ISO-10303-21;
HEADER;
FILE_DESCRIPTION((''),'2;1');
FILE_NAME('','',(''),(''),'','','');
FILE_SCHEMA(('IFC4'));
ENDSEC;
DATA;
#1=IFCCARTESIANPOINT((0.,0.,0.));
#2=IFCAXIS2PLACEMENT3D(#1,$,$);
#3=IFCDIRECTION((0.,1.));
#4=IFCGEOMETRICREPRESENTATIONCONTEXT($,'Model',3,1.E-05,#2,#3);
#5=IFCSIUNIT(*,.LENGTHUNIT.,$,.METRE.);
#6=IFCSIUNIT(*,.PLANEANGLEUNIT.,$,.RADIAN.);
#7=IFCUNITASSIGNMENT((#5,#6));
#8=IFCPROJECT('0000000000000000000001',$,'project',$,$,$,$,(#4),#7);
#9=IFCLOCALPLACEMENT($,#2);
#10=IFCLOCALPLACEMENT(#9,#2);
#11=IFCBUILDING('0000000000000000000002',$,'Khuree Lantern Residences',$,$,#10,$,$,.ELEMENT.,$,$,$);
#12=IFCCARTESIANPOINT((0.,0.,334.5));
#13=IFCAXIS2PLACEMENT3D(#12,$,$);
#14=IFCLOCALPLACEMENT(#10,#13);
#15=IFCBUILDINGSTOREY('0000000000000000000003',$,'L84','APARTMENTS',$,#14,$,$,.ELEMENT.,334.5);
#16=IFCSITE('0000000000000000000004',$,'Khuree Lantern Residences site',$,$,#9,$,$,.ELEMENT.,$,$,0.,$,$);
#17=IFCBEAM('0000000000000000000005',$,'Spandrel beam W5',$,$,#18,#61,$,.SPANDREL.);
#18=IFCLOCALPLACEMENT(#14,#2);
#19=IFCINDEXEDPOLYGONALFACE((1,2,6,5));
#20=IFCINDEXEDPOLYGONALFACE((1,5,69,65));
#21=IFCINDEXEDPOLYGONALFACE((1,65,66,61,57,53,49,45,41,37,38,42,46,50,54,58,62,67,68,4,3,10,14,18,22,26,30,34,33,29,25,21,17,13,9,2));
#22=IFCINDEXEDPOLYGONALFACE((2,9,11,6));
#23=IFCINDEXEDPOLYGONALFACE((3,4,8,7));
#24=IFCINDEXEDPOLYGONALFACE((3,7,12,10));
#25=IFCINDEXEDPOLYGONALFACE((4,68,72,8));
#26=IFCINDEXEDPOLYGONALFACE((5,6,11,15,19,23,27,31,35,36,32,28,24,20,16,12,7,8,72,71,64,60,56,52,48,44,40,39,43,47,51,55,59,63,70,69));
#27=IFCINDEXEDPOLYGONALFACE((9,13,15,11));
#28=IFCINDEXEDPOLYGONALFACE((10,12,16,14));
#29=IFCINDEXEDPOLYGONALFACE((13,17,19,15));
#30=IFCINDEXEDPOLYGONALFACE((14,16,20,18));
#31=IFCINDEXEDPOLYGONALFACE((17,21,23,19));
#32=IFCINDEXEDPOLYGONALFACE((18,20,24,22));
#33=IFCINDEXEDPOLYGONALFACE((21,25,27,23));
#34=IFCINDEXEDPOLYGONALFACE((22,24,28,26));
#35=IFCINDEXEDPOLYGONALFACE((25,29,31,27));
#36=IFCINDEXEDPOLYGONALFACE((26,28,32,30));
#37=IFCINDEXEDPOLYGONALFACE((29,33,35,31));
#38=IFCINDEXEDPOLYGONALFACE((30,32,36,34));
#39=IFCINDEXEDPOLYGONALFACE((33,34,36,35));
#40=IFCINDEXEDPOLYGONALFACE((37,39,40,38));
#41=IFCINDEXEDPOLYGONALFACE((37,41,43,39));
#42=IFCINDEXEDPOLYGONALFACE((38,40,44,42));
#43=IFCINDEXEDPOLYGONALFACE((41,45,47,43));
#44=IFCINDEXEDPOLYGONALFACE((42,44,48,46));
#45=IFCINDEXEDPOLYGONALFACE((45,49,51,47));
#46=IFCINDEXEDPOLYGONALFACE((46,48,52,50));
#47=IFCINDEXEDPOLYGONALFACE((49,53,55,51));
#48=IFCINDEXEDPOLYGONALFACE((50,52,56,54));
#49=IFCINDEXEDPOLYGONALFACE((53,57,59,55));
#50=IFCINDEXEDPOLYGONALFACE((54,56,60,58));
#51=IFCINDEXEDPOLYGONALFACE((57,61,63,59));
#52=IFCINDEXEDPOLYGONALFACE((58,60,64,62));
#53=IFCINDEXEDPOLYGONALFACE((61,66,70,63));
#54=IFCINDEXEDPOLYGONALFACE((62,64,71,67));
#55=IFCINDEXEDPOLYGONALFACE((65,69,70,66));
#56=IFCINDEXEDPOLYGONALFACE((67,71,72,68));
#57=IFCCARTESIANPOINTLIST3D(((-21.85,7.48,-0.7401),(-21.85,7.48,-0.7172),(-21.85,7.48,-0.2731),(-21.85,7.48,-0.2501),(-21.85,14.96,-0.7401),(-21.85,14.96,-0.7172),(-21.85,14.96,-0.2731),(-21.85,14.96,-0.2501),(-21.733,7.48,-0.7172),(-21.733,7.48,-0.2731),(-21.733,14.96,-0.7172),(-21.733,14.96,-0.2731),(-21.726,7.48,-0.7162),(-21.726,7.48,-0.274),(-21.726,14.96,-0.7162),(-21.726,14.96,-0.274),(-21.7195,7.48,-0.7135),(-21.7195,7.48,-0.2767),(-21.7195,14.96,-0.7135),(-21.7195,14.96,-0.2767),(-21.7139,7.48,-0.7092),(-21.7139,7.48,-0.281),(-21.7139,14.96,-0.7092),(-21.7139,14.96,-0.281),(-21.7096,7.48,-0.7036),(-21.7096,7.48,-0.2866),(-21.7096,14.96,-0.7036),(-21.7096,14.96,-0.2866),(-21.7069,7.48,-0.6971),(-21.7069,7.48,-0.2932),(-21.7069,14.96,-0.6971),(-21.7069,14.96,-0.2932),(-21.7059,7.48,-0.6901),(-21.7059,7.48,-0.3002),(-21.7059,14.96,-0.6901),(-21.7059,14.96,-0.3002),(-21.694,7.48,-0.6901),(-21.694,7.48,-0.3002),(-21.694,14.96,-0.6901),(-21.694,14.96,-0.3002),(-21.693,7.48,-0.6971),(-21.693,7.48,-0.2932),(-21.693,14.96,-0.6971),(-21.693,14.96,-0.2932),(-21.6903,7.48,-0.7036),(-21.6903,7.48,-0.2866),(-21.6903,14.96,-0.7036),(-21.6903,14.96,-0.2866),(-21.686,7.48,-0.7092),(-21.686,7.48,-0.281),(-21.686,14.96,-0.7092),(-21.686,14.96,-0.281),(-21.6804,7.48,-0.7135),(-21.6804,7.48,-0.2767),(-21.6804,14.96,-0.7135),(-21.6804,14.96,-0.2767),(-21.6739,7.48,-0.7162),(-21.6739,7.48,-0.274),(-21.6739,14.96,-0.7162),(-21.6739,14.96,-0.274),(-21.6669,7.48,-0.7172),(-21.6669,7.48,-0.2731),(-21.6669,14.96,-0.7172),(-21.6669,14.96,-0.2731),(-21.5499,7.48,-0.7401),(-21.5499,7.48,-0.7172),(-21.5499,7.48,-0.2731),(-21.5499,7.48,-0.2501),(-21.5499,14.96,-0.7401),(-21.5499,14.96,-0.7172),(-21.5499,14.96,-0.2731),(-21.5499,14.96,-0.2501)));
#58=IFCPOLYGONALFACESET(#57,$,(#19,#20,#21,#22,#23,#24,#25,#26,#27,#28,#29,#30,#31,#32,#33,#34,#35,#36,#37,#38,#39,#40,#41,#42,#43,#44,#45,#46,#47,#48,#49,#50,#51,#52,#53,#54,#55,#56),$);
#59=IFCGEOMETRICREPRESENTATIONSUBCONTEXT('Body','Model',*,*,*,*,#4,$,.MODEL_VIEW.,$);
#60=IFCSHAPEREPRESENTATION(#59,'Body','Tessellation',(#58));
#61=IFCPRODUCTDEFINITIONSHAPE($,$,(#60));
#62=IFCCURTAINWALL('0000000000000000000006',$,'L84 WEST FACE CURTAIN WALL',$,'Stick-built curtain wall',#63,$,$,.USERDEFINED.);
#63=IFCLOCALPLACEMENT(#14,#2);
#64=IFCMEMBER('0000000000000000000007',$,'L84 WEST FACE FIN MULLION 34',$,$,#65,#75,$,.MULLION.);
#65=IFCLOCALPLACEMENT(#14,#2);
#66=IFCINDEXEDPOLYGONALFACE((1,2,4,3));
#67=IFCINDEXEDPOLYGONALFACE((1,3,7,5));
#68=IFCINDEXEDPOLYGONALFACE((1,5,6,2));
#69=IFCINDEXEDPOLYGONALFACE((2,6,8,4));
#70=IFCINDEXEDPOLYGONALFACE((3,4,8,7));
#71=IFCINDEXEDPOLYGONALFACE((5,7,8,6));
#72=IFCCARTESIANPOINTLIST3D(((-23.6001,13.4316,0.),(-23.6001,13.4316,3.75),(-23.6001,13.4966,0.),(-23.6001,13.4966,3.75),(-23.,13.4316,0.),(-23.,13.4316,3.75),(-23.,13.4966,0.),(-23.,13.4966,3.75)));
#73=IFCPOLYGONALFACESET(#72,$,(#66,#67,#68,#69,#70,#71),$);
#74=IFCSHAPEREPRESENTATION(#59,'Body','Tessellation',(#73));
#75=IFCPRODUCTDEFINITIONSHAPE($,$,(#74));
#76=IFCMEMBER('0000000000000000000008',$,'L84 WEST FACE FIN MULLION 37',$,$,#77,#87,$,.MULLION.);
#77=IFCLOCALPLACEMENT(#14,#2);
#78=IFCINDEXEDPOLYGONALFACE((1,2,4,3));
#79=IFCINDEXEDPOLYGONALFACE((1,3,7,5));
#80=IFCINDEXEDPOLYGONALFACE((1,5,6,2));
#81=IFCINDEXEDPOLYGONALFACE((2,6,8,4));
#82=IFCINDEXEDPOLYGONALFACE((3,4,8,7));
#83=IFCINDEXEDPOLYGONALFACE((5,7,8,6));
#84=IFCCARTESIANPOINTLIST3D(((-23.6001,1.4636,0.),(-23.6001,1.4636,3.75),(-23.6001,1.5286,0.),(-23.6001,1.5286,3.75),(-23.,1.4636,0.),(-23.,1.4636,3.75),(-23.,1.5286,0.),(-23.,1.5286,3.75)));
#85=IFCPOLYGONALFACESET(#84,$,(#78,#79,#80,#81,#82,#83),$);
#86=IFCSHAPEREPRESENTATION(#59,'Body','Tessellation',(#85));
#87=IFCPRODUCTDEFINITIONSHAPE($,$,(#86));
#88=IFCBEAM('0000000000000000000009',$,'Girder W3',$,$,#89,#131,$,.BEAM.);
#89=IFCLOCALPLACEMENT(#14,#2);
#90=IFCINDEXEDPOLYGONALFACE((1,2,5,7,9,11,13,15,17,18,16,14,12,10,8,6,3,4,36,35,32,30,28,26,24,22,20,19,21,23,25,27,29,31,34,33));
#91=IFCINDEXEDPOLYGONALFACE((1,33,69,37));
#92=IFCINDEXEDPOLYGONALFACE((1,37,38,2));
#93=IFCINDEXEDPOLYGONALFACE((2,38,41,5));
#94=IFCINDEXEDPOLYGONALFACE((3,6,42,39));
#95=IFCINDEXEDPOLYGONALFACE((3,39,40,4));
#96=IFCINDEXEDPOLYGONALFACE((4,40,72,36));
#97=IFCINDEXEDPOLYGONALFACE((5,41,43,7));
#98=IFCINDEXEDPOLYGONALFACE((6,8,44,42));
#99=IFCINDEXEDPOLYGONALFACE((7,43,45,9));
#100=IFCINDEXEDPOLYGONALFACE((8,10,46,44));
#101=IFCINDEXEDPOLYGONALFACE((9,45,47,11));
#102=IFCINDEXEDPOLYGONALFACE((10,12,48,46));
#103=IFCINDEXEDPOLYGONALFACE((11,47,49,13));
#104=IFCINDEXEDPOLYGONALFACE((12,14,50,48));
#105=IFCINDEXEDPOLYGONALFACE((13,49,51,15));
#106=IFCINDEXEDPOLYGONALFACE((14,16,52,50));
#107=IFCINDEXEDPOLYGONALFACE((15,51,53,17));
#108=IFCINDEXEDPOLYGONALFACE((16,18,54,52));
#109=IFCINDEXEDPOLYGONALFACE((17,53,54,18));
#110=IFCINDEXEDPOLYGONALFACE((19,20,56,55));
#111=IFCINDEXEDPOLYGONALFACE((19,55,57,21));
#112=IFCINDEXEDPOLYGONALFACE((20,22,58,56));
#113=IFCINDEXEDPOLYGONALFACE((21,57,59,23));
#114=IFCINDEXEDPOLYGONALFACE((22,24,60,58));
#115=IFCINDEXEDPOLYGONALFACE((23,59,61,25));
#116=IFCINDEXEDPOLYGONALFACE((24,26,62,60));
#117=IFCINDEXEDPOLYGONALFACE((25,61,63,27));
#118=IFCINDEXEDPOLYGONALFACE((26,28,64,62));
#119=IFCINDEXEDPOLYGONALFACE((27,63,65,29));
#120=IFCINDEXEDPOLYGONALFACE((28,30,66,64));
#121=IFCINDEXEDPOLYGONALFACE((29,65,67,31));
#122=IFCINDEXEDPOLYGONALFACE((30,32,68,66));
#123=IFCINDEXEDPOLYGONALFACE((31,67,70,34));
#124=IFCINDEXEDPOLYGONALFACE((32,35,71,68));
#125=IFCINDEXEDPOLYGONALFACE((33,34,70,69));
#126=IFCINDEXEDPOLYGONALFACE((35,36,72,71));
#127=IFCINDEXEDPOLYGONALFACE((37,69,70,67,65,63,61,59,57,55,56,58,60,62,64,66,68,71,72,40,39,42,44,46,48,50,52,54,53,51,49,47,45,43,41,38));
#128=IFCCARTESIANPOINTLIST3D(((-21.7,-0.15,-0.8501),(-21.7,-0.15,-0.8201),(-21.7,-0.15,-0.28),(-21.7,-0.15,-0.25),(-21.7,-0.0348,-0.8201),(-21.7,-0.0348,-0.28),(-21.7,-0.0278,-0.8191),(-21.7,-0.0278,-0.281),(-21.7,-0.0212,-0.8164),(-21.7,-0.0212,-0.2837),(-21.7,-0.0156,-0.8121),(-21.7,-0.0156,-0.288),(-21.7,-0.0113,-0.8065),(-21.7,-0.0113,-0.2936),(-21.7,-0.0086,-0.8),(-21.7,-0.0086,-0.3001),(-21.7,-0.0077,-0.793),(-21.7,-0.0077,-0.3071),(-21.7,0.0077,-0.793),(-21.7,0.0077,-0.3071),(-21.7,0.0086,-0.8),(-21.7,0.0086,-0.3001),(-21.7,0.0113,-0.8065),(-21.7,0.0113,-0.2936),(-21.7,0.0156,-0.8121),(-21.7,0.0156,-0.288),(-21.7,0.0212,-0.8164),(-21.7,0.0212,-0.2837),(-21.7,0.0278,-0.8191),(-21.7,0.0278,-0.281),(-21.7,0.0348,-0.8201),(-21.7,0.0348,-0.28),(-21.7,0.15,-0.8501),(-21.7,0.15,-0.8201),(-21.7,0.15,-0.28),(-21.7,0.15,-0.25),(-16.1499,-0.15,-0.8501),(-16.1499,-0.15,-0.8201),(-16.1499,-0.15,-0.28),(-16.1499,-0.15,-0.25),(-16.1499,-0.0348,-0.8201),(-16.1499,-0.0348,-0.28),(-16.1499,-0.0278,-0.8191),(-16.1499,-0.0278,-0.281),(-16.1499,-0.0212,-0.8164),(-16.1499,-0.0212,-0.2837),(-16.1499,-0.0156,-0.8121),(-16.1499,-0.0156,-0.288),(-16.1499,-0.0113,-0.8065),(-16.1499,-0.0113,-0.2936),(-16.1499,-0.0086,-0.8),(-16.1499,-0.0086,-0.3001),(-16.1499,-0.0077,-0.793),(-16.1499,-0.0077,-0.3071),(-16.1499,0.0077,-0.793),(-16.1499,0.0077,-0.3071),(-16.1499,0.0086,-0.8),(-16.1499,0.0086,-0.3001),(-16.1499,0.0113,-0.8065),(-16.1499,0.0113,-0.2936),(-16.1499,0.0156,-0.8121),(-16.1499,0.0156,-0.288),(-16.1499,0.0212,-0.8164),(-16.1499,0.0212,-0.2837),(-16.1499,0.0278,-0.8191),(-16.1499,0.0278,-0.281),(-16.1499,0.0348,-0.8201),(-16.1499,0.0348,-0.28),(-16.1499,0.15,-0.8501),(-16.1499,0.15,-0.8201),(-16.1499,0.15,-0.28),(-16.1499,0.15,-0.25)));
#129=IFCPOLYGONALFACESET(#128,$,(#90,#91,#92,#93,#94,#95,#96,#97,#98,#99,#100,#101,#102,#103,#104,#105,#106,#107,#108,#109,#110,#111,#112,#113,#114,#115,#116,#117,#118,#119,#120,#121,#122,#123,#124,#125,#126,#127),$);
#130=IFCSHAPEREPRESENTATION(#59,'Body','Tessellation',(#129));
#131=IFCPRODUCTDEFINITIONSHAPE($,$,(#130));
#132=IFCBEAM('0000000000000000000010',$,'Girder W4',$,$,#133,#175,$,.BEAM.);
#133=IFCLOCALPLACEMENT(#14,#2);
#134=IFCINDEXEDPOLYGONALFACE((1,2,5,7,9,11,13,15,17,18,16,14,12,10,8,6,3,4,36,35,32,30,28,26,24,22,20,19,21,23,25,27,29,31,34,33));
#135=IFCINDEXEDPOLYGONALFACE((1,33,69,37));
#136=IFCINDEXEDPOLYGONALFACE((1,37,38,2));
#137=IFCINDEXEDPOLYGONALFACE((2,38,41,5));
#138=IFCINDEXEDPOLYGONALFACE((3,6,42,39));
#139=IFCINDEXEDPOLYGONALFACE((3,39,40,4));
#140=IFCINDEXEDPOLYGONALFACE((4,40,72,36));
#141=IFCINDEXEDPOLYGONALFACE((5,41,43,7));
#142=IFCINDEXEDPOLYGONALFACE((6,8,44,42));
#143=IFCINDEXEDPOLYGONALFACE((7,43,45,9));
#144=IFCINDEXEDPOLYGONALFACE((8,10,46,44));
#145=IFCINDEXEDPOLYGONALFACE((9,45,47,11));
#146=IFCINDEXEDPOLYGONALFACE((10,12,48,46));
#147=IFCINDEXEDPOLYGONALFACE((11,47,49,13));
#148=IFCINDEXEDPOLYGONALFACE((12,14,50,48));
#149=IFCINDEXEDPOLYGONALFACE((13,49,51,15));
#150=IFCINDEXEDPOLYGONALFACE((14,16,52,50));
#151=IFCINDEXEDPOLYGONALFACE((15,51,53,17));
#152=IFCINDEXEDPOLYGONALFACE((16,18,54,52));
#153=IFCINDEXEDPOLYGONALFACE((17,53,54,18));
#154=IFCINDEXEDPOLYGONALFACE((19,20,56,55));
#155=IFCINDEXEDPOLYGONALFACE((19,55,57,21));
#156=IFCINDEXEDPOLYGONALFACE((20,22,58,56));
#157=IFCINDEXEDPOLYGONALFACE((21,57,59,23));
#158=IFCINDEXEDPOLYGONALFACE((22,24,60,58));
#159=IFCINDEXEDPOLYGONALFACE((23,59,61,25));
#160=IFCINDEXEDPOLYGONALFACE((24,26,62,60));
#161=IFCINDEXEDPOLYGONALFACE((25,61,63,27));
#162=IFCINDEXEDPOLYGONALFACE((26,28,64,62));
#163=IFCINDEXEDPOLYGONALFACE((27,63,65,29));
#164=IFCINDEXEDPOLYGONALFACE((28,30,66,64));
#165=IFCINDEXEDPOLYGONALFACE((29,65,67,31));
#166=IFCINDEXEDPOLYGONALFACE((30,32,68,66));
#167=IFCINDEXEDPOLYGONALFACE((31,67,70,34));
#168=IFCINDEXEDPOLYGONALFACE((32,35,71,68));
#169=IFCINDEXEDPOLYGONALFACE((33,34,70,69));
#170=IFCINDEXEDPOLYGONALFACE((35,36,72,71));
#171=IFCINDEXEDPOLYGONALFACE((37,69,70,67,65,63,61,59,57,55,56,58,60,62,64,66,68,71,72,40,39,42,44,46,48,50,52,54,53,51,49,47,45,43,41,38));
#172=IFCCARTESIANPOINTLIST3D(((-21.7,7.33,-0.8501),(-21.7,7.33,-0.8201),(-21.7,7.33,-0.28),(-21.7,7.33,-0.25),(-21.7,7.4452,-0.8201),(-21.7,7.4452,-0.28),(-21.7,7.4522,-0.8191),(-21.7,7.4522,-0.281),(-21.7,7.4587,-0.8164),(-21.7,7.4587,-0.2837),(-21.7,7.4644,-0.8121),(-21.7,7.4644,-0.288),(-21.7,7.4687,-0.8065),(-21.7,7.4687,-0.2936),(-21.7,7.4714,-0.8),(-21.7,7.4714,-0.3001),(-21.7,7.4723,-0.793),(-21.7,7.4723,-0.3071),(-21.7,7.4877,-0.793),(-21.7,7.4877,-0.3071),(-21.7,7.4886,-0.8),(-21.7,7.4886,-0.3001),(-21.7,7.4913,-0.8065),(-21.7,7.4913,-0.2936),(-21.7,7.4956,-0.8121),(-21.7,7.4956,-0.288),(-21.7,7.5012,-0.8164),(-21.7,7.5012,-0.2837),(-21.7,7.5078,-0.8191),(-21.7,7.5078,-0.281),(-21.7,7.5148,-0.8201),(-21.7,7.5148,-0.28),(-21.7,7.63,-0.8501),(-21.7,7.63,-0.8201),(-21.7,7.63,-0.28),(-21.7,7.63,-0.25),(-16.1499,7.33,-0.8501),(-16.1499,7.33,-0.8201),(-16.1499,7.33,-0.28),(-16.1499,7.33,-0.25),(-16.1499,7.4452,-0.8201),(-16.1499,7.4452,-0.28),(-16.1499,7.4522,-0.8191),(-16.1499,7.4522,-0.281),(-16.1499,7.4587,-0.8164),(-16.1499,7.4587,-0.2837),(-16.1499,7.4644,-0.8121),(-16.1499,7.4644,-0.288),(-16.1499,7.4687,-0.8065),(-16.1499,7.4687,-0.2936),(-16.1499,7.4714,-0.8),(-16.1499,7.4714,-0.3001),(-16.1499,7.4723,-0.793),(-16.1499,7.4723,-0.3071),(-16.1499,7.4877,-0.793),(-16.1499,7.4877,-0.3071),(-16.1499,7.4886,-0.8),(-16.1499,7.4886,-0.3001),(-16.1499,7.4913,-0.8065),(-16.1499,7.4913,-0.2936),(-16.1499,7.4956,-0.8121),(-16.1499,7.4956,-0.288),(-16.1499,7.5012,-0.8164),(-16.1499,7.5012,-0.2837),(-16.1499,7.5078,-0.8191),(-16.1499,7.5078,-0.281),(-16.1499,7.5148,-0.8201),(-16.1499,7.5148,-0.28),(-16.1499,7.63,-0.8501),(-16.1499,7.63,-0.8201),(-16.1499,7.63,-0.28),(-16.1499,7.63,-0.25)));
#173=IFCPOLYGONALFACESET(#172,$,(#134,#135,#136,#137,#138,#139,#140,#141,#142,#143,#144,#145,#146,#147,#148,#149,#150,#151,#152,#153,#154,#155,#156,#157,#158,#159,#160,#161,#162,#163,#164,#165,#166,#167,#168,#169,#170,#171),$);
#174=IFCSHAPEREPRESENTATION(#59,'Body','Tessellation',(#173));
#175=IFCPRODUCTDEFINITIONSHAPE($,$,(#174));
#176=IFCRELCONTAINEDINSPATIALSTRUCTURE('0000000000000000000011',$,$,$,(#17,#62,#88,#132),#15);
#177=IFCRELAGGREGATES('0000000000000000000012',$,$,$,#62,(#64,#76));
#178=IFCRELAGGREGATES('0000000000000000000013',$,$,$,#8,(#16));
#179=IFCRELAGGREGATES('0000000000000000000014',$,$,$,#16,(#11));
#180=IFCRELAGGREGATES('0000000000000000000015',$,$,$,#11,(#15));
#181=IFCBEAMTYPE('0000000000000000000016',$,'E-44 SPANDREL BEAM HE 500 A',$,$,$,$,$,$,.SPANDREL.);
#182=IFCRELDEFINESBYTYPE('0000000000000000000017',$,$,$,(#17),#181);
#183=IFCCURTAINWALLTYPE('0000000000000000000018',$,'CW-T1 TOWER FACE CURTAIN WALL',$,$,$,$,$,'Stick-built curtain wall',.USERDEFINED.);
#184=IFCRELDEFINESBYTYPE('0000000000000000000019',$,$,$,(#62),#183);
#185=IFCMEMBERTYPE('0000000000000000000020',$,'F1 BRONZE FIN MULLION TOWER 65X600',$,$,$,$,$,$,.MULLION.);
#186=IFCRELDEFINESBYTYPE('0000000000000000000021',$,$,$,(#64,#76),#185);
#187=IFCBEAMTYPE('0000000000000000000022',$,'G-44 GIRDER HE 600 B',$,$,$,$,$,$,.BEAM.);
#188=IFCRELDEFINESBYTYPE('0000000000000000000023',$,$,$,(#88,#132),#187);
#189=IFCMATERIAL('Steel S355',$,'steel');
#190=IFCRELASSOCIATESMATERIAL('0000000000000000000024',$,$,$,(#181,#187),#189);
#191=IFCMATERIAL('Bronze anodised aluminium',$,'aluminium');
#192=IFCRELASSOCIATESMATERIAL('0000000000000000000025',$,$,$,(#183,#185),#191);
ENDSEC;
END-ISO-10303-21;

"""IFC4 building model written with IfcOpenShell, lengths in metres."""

from ifc_helpers import new_model, si_unit, direction, frame, origin, origin_2d, place, context, subcontext, project, spatial, rectangle, i_section, extrude, material, material_profile, profile_set, type_object, element, aggregate, save


model = new_model("IFC4")

# Units and contexts
model_context = context("Model", 3, precision=1e-05, world=origin(), true_north=direction((0.0, 1.0)))
body_context = subcontext(model_context, "Body", "Model", "MODEL_VIEW")
ifc_project = project(units=[si_unit("LENGTHUNIT", "METRE"), si_unit("PLANEANGLEUNIT", "RADIAN")], contexts=[model_context])

# Site, building, storey
site_placement = place(None, origin())
site = spatial("IfcSite", under=ifc_project, at=site_placement, Name="Khuree Lantern Residences site", CompositionType="ELEMENT", RefElevation=0.0)
building_placement = place(site_placement, origin())
building = spatial("IfcBuilding", under=site, at=building_placement, Name="Khuree Lantern Residences", CompositionType="ELEMENT")
storey_placement = place(building_placement, frame((0.0, 0.0, 334.5)))
storey = spatial("IfcBuildingStorey", under=building, at=storey_placement, Name="L84", Description="APARTMENTS", CompositionType="ELEMENT", Elevation=334.5)

# Beam
ifc_material_1 = material(Name="Steel S355", Category="steel")
ifc_material_profile_1 = material_profile(ifc_material_1, i_section(OverallWidth=0.3, OverallDepth=0.49, WebThickness=0.012, FlangeThickness=0.0229, FilletRadius=0.0271, at=origin_2d()), Name="HE 500 A")
ifc_profile_set_1 = profile_set([ifc_material_profile_1], Name="Steel S355")
beam_type_1 = type_object("IfcBeamType", Name="E-44 SPANDREL BEAM HE 500 A", PredefinedType="SPANDREL", material=ifc_profile_set_1)
for number, where, z_axis, x_axis, name in (
    (1, (-21.7, 7.48, -0.4951), (0.0, 1.0, 0.0), (-1.0, 0.0, 0.0), "Spandrel beam W5"),
):
    element("IfcBeam", number, at=place(storey_placement, frame(where, z_axis=z_axis, x_axis=x_axis)), inside=storey, type_object=beam_type_1, Name=name, PredefinedType="SPANDREL", context=body_context, shape_type="SweptSolid", body=[
        extrude(i_section(OverallWidth=0.3, OverallDepth=0.49, WebThickness=0.012, FlangeThickness=0.0229, FilletRadius=0.0271, at=origin_2d()), origin(), (0.0, 0.0, 1.0), 7.48),
    ])

# Curtain wall, members
ifc_material_2 = material(Name="Bronze anodised aluminium", Category="aluminium")
curtain_wall_type = type_object("IfcCurtainWallType", Name="CW-T1 TOWER FACE CURTAIN WALL", ElementType="Stick-built curtain wall", PredefinedType="USERDEFINED", material=ifc_material_2)
curtain_wall_placement = place(storey_placement, origin())
curtain_wall = element("IfcCurtainWall", 2, at=curtain_wall_placement, inside=storey, type_object=curtain_wall_type, Name="L84 WEST FACE CURTAIN WALL", ObjectType="Stick-built curtain wall", PredefinedType="USERDEFINED")
ifc_material_profile_2 = material_profile(ifc_material_2, rectangle(XDim=0.0649, YDim=0.6001, at=origin_2d()), Name="F1 65X600")
ifc_profile_set_2 = profile_set([ifc_material_profile_2], Name="Bronze anodised aluminium")
member_type_1 = type_object("IfcMemberType", Name="F1 BRONZE FIN MULLION TOWER 65X600", PredefinedType="MULLION", material=ifc_profile_set_2)
member_1_placement = place(storey_placement, frame((-23.3, 13.4641, 0.0), z_axis=(0.0, 0.0, 1.0), x_axis=(0.0, -1.0, 0.0)))
member_1 = element("IfcMember", 3, at=member_1_placement, type_object=member_type_1, Name="L84 WEST FACE FIN MULLION 34", PredefinedType="MULLION", context=body_context, shape_type="SweptSolid", body=[
    extrude(rectangle(XDim=0.0649, YDim=0.6001, at=origin_2d()), origin(), (0.0, 0.0, 1.0), 3.75),
])
member_2_placement = place(storey_placement, frame((-23.3, 1.4961, 0.0), z_axis=(0.0, 0.0, 1.0), x_axis=(0.0, -1.0, 0.0)))
member_2 = element("IfcMember", 4, at=member_2_placement, type_object=member_type_1, Name="L84 WEST FACE FIN MULLION 37", PredefinedType="MULLION", context=body_context, shape_type="SweptSolid", body=[
    extrude(rectangle(XDim=0.0649, YDim=0.6001, at=origin_2d()), origin(), (0.0, 0.0, 1.0), 3.75),
])

# Beams
ifc_material_profile_3 = material_profile(ifc_material_1, i_section(OverallWidth=0.3, OverallDepth=0.6001, WebThickness=0.0154, FlangeThickness=0.03, FilletRadius=0.0271, at=origin_2d()), Name="HE 600 B")
ifc_profile_set_3 = profile_set([ifc_material_profile_3], Name="Steel S355")
beam_type_2 = type_object("IfcBeamType", Name="G-44 GIRDER HE 600 B", PredefinedType="BEAM", material=ifc_profile_set_3)
for number, where, z_axis, x_axis, name in (
    (5, (-21.7, 0.0, -0.55), (1.0, 0.0, 0.0), (0.0, 1.0, 0.0), "Girder W3"),
    (6, (-21.7, 7.48, -0.55), (1.0, 0.0, 0.0), (0.0, 1.0, 0.0), "Girder W4"),
):
    element("IfcBeam", number, at=place(storey_placement, frame(where, z_axis=z_axis, x_axis=x_axis)), inside=storey, type_object=beam_type_2, Name=name, PredefinedType="BEAM", context=body_context, shape_type="SweptSolid", body=[
        extrude(i_section(OverallWidth=0.3, OverallDepth=0.6001, WebThickness=0.0154, FlangeThickness=0.03, FilletRadius=0.0271, at=origin_2d()), origin(), (0.0, 0.0, 1.0), 5.55),
    ])

aggregate(curtain_wall, [member_1, member_2])

save(model, "model.ifc")
